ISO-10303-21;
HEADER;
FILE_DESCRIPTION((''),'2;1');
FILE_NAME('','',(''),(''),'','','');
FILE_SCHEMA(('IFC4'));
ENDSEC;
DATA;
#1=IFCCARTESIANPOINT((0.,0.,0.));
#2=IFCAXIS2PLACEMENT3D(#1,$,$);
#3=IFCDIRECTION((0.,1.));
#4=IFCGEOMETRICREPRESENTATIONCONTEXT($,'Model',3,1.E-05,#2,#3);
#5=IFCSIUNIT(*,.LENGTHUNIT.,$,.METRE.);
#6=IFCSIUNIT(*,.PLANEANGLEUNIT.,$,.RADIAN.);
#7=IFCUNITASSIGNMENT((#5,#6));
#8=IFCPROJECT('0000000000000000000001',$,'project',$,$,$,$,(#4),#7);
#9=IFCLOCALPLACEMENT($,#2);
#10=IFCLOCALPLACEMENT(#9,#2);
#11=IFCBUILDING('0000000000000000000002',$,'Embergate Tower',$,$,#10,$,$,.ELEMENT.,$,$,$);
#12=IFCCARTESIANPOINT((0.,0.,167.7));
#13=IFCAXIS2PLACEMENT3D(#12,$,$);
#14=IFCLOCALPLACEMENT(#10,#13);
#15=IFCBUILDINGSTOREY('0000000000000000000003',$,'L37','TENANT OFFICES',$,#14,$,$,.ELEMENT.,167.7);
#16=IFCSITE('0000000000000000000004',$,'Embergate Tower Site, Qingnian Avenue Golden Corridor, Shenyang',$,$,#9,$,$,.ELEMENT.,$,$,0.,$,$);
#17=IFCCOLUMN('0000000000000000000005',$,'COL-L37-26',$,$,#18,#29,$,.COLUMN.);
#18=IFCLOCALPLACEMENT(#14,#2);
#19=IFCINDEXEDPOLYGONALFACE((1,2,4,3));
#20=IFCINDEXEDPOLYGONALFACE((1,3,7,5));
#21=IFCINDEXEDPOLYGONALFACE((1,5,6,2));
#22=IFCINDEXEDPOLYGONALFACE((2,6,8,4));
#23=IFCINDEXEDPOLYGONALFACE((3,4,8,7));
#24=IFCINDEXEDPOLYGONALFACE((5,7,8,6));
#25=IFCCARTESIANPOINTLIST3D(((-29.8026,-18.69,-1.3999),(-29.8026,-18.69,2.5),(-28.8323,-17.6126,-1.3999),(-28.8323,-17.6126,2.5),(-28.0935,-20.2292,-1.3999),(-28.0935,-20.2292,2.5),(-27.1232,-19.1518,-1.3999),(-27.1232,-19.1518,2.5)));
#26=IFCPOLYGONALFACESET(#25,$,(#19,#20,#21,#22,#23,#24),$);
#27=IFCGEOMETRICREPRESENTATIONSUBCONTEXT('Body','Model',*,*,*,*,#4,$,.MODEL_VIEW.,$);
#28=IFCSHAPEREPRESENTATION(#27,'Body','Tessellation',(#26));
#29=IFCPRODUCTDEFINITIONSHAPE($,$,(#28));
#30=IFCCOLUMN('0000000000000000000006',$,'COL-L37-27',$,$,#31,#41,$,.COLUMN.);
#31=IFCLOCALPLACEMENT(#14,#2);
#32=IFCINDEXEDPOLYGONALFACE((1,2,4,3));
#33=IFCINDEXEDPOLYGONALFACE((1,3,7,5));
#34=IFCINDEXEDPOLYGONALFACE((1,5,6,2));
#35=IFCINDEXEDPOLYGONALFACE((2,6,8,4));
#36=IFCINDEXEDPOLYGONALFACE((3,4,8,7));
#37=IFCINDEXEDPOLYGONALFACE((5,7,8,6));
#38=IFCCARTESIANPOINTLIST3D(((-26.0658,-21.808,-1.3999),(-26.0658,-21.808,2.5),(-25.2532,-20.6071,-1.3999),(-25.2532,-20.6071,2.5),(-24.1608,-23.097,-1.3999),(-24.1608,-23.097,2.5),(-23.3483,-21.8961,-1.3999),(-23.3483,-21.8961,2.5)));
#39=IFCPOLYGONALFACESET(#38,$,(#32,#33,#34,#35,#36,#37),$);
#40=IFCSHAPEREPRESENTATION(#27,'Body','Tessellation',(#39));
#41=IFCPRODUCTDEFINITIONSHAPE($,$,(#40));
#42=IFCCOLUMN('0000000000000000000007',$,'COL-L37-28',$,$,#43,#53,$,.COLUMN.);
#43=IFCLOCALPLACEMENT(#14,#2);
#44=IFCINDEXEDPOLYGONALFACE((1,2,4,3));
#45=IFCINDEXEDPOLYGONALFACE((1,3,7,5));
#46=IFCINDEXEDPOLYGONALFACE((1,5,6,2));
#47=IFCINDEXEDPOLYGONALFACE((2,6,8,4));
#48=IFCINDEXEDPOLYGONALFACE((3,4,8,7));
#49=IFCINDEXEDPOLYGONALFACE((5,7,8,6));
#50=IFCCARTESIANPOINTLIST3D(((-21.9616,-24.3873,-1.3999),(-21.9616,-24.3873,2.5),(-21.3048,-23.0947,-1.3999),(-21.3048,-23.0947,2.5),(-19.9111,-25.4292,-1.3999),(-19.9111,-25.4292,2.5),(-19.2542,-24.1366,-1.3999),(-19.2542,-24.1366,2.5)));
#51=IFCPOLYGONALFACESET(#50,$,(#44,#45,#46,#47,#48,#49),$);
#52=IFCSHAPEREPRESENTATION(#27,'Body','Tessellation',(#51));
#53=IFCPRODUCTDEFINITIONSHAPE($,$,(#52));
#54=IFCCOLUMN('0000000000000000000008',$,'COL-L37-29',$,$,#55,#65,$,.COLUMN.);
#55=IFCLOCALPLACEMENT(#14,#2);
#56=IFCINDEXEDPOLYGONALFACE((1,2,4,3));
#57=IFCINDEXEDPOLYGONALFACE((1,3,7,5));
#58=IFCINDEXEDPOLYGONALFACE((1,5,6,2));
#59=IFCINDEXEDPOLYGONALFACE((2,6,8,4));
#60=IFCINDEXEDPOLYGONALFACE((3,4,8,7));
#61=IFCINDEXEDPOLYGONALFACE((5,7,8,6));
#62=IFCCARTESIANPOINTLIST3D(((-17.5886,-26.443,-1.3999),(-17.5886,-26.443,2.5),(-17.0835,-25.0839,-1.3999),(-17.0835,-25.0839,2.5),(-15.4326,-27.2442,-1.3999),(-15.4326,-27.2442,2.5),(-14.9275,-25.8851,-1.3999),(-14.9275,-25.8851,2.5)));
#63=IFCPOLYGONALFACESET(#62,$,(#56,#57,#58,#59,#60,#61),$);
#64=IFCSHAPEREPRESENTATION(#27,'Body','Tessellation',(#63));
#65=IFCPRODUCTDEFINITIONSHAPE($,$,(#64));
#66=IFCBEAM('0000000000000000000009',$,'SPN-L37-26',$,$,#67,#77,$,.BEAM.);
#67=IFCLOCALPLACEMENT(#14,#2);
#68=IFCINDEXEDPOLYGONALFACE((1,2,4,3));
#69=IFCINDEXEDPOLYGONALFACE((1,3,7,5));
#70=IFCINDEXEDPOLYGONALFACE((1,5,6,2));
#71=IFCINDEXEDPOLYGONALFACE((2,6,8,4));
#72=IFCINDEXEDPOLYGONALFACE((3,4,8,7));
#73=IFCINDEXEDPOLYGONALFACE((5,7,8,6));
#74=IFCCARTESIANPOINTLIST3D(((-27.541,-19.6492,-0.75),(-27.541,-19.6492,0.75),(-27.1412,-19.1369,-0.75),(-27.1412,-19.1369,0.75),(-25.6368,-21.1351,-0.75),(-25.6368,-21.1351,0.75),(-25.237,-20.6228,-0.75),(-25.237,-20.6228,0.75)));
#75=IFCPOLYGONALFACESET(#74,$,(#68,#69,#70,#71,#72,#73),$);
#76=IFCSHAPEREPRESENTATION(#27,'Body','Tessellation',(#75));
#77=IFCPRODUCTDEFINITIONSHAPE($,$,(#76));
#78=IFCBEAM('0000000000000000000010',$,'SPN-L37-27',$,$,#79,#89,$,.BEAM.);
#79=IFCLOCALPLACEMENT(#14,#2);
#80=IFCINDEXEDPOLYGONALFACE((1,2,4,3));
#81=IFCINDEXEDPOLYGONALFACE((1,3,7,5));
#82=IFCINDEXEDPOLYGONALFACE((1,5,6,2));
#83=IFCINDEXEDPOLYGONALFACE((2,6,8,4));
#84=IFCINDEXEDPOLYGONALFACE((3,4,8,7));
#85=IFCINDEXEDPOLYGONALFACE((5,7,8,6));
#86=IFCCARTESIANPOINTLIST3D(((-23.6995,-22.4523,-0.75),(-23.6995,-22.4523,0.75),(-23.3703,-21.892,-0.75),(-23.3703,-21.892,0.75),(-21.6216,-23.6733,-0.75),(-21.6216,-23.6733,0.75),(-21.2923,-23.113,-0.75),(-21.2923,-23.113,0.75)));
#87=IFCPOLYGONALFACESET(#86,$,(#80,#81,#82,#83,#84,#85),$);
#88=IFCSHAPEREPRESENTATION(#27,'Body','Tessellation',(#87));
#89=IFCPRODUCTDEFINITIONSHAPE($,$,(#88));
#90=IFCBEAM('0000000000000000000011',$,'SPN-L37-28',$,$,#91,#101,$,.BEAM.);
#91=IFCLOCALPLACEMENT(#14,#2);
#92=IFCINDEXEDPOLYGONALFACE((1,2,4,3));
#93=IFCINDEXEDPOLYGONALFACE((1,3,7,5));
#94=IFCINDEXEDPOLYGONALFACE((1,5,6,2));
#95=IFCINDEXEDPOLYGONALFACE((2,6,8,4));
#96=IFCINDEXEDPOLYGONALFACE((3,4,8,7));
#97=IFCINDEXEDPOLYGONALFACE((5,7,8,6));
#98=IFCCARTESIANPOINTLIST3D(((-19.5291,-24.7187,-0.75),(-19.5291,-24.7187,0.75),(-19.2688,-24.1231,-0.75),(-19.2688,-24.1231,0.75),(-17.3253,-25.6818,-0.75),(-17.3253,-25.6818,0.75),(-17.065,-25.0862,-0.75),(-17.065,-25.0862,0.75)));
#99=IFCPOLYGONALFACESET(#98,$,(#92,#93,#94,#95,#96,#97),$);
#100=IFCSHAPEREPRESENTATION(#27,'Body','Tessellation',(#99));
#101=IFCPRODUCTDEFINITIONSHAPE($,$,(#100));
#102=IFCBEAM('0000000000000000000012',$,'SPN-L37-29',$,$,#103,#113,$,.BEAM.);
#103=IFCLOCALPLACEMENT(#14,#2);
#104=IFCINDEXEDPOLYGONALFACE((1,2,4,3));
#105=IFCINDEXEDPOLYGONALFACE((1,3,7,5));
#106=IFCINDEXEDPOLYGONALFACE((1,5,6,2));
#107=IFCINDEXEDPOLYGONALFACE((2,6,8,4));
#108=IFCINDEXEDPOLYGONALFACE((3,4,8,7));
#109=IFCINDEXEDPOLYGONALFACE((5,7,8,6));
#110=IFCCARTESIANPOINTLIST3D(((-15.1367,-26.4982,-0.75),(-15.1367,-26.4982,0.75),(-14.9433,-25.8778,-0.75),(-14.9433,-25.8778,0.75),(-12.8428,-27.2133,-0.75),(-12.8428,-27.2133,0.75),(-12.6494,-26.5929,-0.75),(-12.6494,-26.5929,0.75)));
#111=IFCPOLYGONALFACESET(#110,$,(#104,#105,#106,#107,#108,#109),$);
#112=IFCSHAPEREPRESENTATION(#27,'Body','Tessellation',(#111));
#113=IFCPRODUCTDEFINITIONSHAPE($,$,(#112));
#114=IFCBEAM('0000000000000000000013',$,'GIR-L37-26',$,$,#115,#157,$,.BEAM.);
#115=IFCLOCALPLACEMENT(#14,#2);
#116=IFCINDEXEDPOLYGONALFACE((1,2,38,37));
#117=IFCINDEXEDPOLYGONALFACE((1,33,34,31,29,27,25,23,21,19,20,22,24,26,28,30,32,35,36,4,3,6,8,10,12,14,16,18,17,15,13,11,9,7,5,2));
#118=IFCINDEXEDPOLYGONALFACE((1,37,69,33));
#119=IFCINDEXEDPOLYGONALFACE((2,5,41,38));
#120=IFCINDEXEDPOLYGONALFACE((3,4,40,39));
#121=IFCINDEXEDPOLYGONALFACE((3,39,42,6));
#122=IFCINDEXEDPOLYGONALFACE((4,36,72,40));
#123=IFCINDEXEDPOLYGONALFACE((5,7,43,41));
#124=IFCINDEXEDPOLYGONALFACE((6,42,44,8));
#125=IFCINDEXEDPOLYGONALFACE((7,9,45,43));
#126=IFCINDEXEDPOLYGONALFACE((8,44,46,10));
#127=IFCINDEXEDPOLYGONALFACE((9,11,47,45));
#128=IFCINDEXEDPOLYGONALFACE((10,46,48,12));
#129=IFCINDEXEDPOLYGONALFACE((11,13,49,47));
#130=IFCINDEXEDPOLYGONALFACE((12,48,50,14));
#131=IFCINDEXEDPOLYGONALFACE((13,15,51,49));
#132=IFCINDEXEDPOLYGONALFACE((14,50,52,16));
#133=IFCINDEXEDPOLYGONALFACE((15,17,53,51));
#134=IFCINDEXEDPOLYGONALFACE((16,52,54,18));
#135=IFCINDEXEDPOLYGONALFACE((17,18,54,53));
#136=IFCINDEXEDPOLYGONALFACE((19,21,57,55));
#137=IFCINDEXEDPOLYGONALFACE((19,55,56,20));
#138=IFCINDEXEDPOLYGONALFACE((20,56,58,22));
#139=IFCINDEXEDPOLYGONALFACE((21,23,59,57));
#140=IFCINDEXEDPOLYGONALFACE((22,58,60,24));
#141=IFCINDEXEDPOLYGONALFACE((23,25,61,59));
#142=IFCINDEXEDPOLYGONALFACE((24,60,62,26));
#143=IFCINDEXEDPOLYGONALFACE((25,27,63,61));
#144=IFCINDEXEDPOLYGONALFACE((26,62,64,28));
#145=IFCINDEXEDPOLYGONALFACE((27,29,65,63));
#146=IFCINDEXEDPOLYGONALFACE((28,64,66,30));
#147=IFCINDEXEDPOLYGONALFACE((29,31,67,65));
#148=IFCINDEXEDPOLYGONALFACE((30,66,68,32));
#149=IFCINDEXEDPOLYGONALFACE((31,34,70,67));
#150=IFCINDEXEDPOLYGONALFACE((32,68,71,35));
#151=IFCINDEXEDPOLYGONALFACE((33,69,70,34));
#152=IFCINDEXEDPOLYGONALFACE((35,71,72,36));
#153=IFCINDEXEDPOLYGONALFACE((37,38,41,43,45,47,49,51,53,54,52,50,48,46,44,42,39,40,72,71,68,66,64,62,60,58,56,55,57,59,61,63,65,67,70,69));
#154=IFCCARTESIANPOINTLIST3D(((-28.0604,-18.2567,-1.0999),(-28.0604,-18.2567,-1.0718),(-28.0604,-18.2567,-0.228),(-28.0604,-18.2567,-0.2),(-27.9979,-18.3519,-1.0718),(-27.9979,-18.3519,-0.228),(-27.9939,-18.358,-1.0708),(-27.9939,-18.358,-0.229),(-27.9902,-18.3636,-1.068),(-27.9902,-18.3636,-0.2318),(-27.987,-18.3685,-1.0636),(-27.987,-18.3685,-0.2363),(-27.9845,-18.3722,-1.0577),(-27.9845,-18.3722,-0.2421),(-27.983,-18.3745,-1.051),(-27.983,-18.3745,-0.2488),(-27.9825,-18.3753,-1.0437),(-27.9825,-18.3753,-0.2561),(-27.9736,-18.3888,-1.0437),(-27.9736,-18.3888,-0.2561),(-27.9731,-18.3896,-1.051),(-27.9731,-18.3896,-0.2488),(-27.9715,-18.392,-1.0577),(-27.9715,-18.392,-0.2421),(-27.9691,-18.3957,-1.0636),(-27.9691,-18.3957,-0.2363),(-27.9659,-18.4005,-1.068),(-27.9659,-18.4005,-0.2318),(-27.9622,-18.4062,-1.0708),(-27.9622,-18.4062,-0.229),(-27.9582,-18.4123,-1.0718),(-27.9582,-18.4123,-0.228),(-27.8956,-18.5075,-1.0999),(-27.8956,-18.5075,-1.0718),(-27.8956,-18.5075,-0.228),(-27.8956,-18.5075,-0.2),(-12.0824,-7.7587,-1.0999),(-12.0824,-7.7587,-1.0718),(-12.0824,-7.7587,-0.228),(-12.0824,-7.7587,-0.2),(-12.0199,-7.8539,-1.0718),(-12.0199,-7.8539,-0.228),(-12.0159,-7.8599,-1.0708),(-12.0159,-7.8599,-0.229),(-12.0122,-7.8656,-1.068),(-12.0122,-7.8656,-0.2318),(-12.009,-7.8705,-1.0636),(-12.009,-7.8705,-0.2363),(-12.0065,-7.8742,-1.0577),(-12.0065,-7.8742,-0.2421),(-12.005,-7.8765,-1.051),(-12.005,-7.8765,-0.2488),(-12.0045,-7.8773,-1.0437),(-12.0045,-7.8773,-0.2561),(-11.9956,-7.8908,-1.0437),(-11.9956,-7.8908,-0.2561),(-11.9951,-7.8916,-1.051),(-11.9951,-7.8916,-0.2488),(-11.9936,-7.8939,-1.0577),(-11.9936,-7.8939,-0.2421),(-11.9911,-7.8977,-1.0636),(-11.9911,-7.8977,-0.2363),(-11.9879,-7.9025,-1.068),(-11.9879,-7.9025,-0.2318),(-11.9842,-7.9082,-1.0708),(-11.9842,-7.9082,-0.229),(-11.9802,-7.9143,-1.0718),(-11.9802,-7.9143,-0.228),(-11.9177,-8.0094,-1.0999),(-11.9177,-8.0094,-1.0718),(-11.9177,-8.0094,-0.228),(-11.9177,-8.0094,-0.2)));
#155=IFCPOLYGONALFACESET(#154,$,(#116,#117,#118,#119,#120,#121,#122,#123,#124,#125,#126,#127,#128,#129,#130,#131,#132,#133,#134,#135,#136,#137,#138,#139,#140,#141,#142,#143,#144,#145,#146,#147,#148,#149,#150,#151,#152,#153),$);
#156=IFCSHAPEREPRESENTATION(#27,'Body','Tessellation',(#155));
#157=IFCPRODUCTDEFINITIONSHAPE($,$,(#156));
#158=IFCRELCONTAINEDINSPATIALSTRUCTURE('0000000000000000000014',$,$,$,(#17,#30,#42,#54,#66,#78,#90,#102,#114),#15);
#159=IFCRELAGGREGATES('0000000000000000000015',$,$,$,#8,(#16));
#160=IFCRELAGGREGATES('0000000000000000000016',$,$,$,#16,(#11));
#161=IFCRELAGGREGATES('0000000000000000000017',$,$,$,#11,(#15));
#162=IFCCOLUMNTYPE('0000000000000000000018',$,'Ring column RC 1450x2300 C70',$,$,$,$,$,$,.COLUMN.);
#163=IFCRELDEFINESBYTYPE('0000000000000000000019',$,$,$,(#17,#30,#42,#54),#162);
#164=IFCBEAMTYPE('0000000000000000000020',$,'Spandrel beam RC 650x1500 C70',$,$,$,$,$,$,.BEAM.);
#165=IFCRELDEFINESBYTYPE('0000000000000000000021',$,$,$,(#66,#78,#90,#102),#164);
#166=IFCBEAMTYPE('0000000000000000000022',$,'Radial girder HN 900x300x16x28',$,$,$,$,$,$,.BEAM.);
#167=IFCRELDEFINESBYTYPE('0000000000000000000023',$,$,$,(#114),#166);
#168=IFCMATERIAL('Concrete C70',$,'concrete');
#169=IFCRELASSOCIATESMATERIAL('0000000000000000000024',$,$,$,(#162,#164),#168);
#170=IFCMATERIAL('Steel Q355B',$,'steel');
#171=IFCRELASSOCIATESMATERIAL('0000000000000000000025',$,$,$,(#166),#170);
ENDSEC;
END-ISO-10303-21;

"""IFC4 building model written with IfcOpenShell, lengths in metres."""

from ifc_helpers import new_model, si_unit, direction, frame, origin, origin_2d, place, context, subcontext, project, spatial, rectangle, i_section, extrude, source, transform, mapped, material, material_profile, profile_set, type_object, element, save


model = new_model("IFC4")

# Units and contexts
model_context = context("Model", 3, precision=1e-05, world=origin(), true_north=direction((0.0, 1.0)))
body_context = subcontext(model_context, "Body", "Model", "MODEL_VIEW")
ifc_project = project(units=[si_unit("LENGTHUNIT", "METRE"), si_unit("PLANEANGLEUNIT", "RADIAN")], contexts=[model_context])

# Site, building, storey
site_placement = place(None, origin())
site = spatial("IfcSite", under=ifc_project, at=site_placement, Name="Embergate Tower Site, Qingnian Avenue Golden Corridor, Shenyang", CompositionType="ELEMENT", RefElevation=0.0)
building_placement = place(site_placement, origin())
building = spatial("IfcBuilding", under=site, at=building_placement, Name="Embergate Tower", CompositionType="ELEMENT")
storey_placement = place(building_placement, frame((0.0, 0.0, 167.7)))
storey = spatial("IfcBuildingStorey", under=building, at=storey_placement, Name="L37", Description="TENANT OFFICES", CompositionType="ELEMENT", Elevation=167.7)

# Columns
ifc_material_1 = material(Name="Concrete C70", Category="concrete")
ifc_material_profile_1 = material_profile(ifc_material_1, rectangle(XDim=1.45, YDim=2.3, at=origin_2d()), Name="RC 1450x2300")
ifc_profile_set_1 = profile_set([ifc_material_profile_1], Name="Concrete C70")
column_type = type_object("IfcColumnType", Name="Ring column RC 1450x2300 C70", PredefinedType="COLUMN", material=ifc_profile_set_1)
shared_shape_1 = source(origin(), body_context, "Body", "SweptSolid", [
    extrude(rectangle(XDim=1.45, YDim=2.3, at=origin_2d()), origin(), (0.0, 0.0, 1.0), 3.8999),
])
for number, where, z_axis, x_axis, name in (
    (1, (-28.4629, -18.9209, -1.3999), (0.0, 0.0, 1.0), (-0.669208, -0.743075, 0.0), "COL-L37-26"),
    (2, (-24.707, -21.8521, -1.3999), (0.0, 0.0, 1.0), (-0.560393, -0.828227, 0.0), "COL-L37-27"),
    (3, (-20.6079, -24.262, -1.3999), (0.0, 0.0, 1.0), (-0.452995, -0.891513, 0.0), "COL-L37-28"),
    (4, (-16.2581, -26.1641, -1.3999), (0.0, 0.0, 1.0), (-0.348343, -0.937367, 0.0), "COL-L37-29"),
):
    element("IfcColumn", number, at=place(storey_placement, frame(where, z_axis=z_axis, x_axis=x_axis)), inside=storey, type_object=column_type, Name=name, PredefinedType="COLUMN", context=body_context, shape_type="MappedRepresentation", body=[
        mapped(shared_shape_1, transform((0.0, 0.0, 0.0))),
    ])

# Beams
ifc_material_profile_2 = material_profile(ifc_material_1, rectangle(XDim=0.6499, YDim=1.5, at=origin_2d()), Name="RC 650x1500")
ifc_profile_set_2 = profile_set([ifc_material_profile_2], Name="Concrete C70")
beam_type_1 = type_object("IfcBeamType", Name="Spandrel beam RC 650x1500 C70", PredefinedType="BEAM", material=ifc_profile_set_2)
shared_shape_2 = source(origin(), body_context, "Body", "SweptSolid", [
    extrude(rectangle(XDim=0.6499, YDim=1.5, at=origin_2d()), origin(), (0.0, 0.0, 1.0), 2.4153),
])
beam_1_placement = place(storey_placement, frame((-27.3411, -19.3931, 0.0), z_axis=(0.788366, -0.615207, 0.0), x_axis=(0.615207, 0.788366, 0.0)))
element("IfcBeam", 5, at=beam_1_placement, inside=storey, type_object=beam_type_1, Name="SPN-L37-26", PredefinedType="BEAM", context=body_context, shape_type="MappedRepresentation", body=[
    mapped(shared_shape_2, transform((0.0, 0.0, 0.0))),
])
shared_shape_3 = source(origin(), body_context, "Body", "SweptSolid", [
    extrude(rectangle(XDim=0.6499, YDim=1.5, at=origin_2d()), origin(), (0.0, 0.0, 1.0), 2.4102),
])
beam_2_placement = place(storey_placement, frame((-23.5349, -22.1721, 0.0), z_axis=(0.862176, -0.506608, 0.0), x_axis=(0.506608, 0.862176, 0.0)))
element("IfcBeam", 6, at=beam_2_placement, inside=storey, type_object=beam_type_1, Name="SPN-L37-27", PredefinedType="BEAM", context=body_context, shape_type="MappedRepresentation", body=[
    mapped(shared_shape_3, transform((0.0, 0.0, 0.0))),
])
shared_shape_4 = source(origin(), body_context, "Body", "SweptSolid", [
    extrude(rectangle(XDim=0.6499, YDim=1.5, at=origin_2d()), origin(), (0.0, 0.0, 1.0), 2.405),
])
beam_3_placement = place(storey_placement, frame((-19.3989, -24.4209, 0.0), z_axis=(0.916318, -0.400451, 0.0), x_axis=(0.400451, 0.916318, 0.0)))
element("IfcBeam", 7, at=beam_3_placement, inside=storey, type_object=beam_type_1, Name="SPN-L37-28", PredefinedType="BEAM", context=body_context, shape_type="MappedRepresentation", body=[
    mapped(shared_shape_4, transform((0.0, 0.0, 0.0))),
])
shared_shape_5 = source(origin(), body_context, "Body", "SweptSolid", [
    extrude(rectangle(XDim=0.6499, YDim=1.5, at=origin_2d()), origin(), (0.0, 0.0, 1.0), 2.4028),
])
beam_4_placement = place(storey_placement, frame((-15.04, -26.188, 0.0), z_axis=(0.954689, -0.297604, 0.0), x_axis=(0.297604, 0.954689, 0.0)))
element("IfcBeam", 8, at=beam_4_placement, inside=storey, type_object=beam_type_1, Name="SPN-L37-29", PredefinedType="BEAM", context=body_context, shape_type="MappedRepresentation", body=[
    mapped(shared_shape_5, transform((0.0, 0.0, 0.0))),
])
ifc_material_2 = material(Name="Steel Q355B", Category="steel")
ifc_material_profile_3 = material_profile(ifc_material_2, i_section(OverallWidth=0.3, OverallDepth=0.8999, WebThickness=0.0161, FlangeThickness=0.0281, FilletRadius=0.0281, at=origin_2d()), Name="HN 900x300x16x28")
ifc_profile_set_3 = profile_set([ifc_material_profile_3], Name="Steel Q355 grade B")
beam_type_2 = type_object("IfcBeamType", Name="Radial girder HN 900x300x16x28", PredefinedType="BEAM", material=ifc_profile_set_3)
shared_shape_6 = source(origin(), body_context, "Body", "SweptSolid", [
    extrude(i_section(OverallWidth=0.3, OverallDepth=0.8999, WebThickness=0.0161, FlangeThickness=0.0281, FilletRadius=0.0281, at=origin_2d()), origin(), (0.0, 0.0, 1.0), 19.1182),
])
beam_5_placement = place(storey_placement, frame((-27.978, -18.3821, -0.6499), z_axis=(0.835749, 0.549112, 0.0), x_axis=(-0.549112, 0.835749, 0.0)))
element("IfcBeam", 9, at=beam_5_placement, inside=storey, type_object=beam_type_2, Name="GIR-L37-26", PredefinedType="BEAM", context=body_context, shape_type="MappedRepresentation", body=[
    mapped(shared_shape_6, transform((0.0, 0.0, 0.0))),
])

save(model, "model.ifc")
